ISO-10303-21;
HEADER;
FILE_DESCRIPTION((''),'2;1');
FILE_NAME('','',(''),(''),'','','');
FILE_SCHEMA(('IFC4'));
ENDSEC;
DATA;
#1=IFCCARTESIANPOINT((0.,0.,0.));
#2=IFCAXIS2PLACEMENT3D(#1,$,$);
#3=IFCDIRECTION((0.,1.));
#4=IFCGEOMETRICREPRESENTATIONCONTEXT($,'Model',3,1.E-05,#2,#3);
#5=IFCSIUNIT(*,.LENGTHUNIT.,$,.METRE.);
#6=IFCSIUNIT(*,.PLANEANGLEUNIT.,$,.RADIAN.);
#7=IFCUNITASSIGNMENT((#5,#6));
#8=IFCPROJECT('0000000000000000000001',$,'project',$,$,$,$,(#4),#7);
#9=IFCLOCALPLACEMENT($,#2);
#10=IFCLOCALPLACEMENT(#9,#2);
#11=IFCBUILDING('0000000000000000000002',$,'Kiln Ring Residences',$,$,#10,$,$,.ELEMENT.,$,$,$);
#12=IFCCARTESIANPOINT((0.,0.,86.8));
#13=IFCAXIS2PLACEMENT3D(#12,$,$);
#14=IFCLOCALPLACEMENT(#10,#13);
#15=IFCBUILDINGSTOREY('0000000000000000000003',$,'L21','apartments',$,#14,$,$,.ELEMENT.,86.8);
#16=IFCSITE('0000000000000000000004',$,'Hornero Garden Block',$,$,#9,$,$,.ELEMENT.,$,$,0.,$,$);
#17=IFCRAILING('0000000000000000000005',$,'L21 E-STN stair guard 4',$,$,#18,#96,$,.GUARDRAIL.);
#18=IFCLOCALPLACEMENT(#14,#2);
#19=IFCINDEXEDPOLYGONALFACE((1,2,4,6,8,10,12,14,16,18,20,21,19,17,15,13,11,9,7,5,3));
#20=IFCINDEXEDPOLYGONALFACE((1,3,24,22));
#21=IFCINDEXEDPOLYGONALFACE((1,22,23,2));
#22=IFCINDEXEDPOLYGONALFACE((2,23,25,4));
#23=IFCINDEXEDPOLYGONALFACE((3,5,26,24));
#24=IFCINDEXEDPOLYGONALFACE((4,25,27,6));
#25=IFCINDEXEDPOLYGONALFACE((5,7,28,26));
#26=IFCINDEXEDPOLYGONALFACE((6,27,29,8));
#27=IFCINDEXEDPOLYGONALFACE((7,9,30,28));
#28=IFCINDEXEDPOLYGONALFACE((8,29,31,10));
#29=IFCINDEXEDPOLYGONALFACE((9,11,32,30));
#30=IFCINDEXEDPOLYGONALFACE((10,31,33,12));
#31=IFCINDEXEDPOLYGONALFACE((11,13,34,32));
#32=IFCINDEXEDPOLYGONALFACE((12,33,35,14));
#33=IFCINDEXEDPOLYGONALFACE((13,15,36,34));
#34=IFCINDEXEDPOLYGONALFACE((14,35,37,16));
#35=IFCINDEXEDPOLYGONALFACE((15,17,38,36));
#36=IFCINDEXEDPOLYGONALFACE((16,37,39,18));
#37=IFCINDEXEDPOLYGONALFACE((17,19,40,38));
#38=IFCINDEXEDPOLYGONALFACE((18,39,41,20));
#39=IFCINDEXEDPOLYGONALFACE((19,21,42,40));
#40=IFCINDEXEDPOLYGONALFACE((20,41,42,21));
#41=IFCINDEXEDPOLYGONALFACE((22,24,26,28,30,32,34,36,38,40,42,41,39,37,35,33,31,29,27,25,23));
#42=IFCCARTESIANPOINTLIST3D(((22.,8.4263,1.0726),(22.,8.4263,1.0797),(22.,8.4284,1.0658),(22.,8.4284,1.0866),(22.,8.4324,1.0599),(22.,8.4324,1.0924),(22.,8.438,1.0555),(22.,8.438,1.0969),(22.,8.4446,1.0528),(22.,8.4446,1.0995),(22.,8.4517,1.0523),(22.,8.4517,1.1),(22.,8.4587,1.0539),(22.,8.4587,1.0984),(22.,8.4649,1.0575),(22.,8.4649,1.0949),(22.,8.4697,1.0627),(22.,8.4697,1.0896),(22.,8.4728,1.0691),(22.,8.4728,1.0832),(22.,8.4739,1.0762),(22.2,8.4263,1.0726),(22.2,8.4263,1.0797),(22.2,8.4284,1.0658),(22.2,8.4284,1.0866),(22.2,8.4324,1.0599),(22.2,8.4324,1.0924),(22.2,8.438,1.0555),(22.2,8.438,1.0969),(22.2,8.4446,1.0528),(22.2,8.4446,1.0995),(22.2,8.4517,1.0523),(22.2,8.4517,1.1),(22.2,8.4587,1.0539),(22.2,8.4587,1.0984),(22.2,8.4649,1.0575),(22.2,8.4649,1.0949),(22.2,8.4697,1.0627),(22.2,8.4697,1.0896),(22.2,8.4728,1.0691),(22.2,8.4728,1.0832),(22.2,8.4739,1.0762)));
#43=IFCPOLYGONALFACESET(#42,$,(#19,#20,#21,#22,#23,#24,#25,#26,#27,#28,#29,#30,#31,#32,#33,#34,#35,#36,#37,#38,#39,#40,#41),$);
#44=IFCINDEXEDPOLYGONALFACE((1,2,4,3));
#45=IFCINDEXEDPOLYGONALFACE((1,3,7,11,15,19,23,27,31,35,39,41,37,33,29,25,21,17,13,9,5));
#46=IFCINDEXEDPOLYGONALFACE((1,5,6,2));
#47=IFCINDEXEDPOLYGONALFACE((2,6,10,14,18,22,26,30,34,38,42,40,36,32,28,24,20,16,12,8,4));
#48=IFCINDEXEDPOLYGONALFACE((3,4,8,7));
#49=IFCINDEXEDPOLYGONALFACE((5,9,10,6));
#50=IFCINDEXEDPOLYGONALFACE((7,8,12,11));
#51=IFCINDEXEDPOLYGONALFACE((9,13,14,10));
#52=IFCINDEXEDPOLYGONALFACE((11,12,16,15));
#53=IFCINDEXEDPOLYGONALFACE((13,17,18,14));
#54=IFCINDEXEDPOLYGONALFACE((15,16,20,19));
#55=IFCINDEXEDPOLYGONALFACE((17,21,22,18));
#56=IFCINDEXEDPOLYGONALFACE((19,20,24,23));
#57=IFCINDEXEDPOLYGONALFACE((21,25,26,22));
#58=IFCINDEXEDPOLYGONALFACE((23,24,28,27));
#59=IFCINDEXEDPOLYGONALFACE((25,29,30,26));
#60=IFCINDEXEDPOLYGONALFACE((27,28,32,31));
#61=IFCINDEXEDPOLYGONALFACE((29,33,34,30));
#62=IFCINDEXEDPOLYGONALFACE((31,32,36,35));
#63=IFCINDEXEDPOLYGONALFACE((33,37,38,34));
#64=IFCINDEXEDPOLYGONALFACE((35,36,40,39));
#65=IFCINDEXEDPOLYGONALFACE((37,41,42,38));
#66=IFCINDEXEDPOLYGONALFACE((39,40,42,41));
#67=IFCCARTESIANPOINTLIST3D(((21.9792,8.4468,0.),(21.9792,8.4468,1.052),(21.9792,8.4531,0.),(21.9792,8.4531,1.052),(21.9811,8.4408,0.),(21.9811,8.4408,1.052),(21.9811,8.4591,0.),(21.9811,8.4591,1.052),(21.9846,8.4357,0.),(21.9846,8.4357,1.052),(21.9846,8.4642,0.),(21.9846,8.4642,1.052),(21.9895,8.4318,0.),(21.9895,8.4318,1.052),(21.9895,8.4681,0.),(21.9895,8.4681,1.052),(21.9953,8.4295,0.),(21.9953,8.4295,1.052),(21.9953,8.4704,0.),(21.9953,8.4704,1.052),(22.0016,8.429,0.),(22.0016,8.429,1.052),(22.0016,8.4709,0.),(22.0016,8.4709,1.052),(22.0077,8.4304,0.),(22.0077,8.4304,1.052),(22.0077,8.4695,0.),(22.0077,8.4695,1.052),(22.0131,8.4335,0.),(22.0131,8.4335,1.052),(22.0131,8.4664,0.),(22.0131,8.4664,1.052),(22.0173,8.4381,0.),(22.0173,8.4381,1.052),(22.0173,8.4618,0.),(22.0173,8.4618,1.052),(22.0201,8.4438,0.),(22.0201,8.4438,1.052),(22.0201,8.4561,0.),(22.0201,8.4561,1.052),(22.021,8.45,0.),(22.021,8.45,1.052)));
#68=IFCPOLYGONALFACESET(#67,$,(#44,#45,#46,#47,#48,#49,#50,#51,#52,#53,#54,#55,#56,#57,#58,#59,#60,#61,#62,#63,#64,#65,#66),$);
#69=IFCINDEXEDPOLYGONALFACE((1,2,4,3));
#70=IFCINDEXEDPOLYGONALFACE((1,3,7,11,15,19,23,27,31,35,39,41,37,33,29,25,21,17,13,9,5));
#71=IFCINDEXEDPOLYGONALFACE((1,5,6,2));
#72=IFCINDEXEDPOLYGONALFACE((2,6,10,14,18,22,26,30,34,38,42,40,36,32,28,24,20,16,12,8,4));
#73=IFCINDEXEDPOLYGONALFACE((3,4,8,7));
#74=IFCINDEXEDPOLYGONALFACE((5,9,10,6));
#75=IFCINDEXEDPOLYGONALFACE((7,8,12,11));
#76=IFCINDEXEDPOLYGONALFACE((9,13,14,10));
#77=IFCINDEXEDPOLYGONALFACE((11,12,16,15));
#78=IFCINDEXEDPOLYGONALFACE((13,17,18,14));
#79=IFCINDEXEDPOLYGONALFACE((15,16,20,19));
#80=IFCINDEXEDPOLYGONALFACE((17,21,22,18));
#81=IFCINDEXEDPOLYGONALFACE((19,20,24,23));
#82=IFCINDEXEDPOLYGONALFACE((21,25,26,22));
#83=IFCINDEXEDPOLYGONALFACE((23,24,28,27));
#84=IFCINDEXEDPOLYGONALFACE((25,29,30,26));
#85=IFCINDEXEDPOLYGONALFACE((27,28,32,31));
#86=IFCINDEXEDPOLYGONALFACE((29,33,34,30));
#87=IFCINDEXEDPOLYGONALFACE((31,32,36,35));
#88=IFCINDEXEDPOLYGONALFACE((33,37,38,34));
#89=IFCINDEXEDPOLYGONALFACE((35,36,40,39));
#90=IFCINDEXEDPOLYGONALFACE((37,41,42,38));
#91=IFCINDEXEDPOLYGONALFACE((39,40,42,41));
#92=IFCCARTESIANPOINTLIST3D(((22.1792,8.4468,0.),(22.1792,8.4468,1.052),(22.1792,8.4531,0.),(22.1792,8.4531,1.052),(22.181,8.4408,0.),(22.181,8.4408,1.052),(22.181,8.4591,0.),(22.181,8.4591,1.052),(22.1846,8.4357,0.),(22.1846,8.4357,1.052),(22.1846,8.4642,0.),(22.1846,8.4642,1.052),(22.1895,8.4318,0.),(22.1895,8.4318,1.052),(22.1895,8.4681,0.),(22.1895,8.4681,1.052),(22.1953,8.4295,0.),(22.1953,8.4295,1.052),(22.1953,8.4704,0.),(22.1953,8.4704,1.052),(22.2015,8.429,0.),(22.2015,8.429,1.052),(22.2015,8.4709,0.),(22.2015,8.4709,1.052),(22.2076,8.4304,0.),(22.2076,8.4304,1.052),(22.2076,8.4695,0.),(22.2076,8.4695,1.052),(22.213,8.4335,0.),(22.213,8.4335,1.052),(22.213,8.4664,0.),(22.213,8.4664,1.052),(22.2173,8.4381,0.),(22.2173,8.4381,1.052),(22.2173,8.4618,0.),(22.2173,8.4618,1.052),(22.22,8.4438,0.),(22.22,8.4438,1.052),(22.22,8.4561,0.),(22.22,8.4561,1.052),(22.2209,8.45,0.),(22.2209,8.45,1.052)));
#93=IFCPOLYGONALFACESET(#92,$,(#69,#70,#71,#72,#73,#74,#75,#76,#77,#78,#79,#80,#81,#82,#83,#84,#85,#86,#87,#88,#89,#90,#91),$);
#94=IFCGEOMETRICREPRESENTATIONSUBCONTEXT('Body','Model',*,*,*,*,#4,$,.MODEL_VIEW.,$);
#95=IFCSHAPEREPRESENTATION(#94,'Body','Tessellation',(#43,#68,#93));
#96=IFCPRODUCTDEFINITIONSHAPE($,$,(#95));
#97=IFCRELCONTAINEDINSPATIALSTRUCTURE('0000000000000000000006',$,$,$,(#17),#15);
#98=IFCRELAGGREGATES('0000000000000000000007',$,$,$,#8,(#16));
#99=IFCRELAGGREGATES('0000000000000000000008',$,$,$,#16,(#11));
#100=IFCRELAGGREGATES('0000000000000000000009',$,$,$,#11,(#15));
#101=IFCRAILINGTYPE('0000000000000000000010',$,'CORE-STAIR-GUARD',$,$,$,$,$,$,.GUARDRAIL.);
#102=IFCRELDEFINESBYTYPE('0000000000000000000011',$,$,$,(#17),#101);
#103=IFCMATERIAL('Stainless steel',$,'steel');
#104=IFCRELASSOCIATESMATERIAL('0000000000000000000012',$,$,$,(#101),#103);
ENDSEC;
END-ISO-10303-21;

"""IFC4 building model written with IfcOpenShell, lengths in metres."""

from ifc_helpers import new_model, si_unit, direction, frame, origin, origin_2d, place, context, subcontext, project, spatial, circle, extrude, material, type_object, element, save


model = new_model("IFC4")

# Units and contexts
model_context = context("Model", 3, precision=1e-05, world=origin(), true_north=direction((0.0, 1.0)))
body_context = subcontext(model_context, "Body", "Model", "MODEL_VIEW")
ifc_project = project(units=[si_unit("LENGTHUNIT", "METRE"), si_unit("PLANEANGLEUNIT", "RADIAN")], contexts=[model_context])

# Site, building, storey
site_placement = place(None, origin())
site = spatial("IfcSite", under=ifc_project, at=site_placement, Name="Hornero Garden Block", CompositionType="ELEMENT", RefElevation=0.0)
building_placement = place(site_placement, origin())
building = spatial("IfcBuilding", under=site, at=building_placement, Name="Kiln Ring Residences", CompositionType="ELEMENT")
storey_placement = place(building_placement, frame((0.0, 0.0, 86.8)))
storey = spatial("IfcBuildingStorey", under=building, at=storey_placement, Name="L21", Description="apartments", CompositionType="ELEMENT", Elevation=86.8)

# Railing
ifc_material_1 = material(Name="Stainless steel", Category="steel")
railing_type = type_object("IfcRailingType", Name="CORE-STAIR-GUARD", PredefinedType="GUARDRAIL", material=ifc_material_1)
railing_1_placement = place(storey_placement, frame((22.0, 8.45, 0.0)))
element("IfcRailing", 1, at=railing_1_placement, inside=storey, type_object=railing_type, Name="L21 E-STN stair guard 4", PredefinedType="GUARDRAIL", context=body_context, shape_type="SweptSolid", body=[
    extrude(circle(Radius=0.0239, at=origin_2d()), frame((0.0, 0.0, 1.0762), z_axis=(1.0, 0.0, 0.0), x_axis=(0.0, 1.0, 0.0)), (0.0, 0.0, 1.0), 0.2),
    extrude(circle(Radius=0.021, at=origin_2d()), origin(), (0.0, 0.0, 1.0), 1.052),
    extrude(circle(Radius=0.021, at=origin_2d()), frame((0.2, 0.0, 0.0)), (0.0, 0.0, 1.0), 1.052),
])

save(model, "model.ifc")
